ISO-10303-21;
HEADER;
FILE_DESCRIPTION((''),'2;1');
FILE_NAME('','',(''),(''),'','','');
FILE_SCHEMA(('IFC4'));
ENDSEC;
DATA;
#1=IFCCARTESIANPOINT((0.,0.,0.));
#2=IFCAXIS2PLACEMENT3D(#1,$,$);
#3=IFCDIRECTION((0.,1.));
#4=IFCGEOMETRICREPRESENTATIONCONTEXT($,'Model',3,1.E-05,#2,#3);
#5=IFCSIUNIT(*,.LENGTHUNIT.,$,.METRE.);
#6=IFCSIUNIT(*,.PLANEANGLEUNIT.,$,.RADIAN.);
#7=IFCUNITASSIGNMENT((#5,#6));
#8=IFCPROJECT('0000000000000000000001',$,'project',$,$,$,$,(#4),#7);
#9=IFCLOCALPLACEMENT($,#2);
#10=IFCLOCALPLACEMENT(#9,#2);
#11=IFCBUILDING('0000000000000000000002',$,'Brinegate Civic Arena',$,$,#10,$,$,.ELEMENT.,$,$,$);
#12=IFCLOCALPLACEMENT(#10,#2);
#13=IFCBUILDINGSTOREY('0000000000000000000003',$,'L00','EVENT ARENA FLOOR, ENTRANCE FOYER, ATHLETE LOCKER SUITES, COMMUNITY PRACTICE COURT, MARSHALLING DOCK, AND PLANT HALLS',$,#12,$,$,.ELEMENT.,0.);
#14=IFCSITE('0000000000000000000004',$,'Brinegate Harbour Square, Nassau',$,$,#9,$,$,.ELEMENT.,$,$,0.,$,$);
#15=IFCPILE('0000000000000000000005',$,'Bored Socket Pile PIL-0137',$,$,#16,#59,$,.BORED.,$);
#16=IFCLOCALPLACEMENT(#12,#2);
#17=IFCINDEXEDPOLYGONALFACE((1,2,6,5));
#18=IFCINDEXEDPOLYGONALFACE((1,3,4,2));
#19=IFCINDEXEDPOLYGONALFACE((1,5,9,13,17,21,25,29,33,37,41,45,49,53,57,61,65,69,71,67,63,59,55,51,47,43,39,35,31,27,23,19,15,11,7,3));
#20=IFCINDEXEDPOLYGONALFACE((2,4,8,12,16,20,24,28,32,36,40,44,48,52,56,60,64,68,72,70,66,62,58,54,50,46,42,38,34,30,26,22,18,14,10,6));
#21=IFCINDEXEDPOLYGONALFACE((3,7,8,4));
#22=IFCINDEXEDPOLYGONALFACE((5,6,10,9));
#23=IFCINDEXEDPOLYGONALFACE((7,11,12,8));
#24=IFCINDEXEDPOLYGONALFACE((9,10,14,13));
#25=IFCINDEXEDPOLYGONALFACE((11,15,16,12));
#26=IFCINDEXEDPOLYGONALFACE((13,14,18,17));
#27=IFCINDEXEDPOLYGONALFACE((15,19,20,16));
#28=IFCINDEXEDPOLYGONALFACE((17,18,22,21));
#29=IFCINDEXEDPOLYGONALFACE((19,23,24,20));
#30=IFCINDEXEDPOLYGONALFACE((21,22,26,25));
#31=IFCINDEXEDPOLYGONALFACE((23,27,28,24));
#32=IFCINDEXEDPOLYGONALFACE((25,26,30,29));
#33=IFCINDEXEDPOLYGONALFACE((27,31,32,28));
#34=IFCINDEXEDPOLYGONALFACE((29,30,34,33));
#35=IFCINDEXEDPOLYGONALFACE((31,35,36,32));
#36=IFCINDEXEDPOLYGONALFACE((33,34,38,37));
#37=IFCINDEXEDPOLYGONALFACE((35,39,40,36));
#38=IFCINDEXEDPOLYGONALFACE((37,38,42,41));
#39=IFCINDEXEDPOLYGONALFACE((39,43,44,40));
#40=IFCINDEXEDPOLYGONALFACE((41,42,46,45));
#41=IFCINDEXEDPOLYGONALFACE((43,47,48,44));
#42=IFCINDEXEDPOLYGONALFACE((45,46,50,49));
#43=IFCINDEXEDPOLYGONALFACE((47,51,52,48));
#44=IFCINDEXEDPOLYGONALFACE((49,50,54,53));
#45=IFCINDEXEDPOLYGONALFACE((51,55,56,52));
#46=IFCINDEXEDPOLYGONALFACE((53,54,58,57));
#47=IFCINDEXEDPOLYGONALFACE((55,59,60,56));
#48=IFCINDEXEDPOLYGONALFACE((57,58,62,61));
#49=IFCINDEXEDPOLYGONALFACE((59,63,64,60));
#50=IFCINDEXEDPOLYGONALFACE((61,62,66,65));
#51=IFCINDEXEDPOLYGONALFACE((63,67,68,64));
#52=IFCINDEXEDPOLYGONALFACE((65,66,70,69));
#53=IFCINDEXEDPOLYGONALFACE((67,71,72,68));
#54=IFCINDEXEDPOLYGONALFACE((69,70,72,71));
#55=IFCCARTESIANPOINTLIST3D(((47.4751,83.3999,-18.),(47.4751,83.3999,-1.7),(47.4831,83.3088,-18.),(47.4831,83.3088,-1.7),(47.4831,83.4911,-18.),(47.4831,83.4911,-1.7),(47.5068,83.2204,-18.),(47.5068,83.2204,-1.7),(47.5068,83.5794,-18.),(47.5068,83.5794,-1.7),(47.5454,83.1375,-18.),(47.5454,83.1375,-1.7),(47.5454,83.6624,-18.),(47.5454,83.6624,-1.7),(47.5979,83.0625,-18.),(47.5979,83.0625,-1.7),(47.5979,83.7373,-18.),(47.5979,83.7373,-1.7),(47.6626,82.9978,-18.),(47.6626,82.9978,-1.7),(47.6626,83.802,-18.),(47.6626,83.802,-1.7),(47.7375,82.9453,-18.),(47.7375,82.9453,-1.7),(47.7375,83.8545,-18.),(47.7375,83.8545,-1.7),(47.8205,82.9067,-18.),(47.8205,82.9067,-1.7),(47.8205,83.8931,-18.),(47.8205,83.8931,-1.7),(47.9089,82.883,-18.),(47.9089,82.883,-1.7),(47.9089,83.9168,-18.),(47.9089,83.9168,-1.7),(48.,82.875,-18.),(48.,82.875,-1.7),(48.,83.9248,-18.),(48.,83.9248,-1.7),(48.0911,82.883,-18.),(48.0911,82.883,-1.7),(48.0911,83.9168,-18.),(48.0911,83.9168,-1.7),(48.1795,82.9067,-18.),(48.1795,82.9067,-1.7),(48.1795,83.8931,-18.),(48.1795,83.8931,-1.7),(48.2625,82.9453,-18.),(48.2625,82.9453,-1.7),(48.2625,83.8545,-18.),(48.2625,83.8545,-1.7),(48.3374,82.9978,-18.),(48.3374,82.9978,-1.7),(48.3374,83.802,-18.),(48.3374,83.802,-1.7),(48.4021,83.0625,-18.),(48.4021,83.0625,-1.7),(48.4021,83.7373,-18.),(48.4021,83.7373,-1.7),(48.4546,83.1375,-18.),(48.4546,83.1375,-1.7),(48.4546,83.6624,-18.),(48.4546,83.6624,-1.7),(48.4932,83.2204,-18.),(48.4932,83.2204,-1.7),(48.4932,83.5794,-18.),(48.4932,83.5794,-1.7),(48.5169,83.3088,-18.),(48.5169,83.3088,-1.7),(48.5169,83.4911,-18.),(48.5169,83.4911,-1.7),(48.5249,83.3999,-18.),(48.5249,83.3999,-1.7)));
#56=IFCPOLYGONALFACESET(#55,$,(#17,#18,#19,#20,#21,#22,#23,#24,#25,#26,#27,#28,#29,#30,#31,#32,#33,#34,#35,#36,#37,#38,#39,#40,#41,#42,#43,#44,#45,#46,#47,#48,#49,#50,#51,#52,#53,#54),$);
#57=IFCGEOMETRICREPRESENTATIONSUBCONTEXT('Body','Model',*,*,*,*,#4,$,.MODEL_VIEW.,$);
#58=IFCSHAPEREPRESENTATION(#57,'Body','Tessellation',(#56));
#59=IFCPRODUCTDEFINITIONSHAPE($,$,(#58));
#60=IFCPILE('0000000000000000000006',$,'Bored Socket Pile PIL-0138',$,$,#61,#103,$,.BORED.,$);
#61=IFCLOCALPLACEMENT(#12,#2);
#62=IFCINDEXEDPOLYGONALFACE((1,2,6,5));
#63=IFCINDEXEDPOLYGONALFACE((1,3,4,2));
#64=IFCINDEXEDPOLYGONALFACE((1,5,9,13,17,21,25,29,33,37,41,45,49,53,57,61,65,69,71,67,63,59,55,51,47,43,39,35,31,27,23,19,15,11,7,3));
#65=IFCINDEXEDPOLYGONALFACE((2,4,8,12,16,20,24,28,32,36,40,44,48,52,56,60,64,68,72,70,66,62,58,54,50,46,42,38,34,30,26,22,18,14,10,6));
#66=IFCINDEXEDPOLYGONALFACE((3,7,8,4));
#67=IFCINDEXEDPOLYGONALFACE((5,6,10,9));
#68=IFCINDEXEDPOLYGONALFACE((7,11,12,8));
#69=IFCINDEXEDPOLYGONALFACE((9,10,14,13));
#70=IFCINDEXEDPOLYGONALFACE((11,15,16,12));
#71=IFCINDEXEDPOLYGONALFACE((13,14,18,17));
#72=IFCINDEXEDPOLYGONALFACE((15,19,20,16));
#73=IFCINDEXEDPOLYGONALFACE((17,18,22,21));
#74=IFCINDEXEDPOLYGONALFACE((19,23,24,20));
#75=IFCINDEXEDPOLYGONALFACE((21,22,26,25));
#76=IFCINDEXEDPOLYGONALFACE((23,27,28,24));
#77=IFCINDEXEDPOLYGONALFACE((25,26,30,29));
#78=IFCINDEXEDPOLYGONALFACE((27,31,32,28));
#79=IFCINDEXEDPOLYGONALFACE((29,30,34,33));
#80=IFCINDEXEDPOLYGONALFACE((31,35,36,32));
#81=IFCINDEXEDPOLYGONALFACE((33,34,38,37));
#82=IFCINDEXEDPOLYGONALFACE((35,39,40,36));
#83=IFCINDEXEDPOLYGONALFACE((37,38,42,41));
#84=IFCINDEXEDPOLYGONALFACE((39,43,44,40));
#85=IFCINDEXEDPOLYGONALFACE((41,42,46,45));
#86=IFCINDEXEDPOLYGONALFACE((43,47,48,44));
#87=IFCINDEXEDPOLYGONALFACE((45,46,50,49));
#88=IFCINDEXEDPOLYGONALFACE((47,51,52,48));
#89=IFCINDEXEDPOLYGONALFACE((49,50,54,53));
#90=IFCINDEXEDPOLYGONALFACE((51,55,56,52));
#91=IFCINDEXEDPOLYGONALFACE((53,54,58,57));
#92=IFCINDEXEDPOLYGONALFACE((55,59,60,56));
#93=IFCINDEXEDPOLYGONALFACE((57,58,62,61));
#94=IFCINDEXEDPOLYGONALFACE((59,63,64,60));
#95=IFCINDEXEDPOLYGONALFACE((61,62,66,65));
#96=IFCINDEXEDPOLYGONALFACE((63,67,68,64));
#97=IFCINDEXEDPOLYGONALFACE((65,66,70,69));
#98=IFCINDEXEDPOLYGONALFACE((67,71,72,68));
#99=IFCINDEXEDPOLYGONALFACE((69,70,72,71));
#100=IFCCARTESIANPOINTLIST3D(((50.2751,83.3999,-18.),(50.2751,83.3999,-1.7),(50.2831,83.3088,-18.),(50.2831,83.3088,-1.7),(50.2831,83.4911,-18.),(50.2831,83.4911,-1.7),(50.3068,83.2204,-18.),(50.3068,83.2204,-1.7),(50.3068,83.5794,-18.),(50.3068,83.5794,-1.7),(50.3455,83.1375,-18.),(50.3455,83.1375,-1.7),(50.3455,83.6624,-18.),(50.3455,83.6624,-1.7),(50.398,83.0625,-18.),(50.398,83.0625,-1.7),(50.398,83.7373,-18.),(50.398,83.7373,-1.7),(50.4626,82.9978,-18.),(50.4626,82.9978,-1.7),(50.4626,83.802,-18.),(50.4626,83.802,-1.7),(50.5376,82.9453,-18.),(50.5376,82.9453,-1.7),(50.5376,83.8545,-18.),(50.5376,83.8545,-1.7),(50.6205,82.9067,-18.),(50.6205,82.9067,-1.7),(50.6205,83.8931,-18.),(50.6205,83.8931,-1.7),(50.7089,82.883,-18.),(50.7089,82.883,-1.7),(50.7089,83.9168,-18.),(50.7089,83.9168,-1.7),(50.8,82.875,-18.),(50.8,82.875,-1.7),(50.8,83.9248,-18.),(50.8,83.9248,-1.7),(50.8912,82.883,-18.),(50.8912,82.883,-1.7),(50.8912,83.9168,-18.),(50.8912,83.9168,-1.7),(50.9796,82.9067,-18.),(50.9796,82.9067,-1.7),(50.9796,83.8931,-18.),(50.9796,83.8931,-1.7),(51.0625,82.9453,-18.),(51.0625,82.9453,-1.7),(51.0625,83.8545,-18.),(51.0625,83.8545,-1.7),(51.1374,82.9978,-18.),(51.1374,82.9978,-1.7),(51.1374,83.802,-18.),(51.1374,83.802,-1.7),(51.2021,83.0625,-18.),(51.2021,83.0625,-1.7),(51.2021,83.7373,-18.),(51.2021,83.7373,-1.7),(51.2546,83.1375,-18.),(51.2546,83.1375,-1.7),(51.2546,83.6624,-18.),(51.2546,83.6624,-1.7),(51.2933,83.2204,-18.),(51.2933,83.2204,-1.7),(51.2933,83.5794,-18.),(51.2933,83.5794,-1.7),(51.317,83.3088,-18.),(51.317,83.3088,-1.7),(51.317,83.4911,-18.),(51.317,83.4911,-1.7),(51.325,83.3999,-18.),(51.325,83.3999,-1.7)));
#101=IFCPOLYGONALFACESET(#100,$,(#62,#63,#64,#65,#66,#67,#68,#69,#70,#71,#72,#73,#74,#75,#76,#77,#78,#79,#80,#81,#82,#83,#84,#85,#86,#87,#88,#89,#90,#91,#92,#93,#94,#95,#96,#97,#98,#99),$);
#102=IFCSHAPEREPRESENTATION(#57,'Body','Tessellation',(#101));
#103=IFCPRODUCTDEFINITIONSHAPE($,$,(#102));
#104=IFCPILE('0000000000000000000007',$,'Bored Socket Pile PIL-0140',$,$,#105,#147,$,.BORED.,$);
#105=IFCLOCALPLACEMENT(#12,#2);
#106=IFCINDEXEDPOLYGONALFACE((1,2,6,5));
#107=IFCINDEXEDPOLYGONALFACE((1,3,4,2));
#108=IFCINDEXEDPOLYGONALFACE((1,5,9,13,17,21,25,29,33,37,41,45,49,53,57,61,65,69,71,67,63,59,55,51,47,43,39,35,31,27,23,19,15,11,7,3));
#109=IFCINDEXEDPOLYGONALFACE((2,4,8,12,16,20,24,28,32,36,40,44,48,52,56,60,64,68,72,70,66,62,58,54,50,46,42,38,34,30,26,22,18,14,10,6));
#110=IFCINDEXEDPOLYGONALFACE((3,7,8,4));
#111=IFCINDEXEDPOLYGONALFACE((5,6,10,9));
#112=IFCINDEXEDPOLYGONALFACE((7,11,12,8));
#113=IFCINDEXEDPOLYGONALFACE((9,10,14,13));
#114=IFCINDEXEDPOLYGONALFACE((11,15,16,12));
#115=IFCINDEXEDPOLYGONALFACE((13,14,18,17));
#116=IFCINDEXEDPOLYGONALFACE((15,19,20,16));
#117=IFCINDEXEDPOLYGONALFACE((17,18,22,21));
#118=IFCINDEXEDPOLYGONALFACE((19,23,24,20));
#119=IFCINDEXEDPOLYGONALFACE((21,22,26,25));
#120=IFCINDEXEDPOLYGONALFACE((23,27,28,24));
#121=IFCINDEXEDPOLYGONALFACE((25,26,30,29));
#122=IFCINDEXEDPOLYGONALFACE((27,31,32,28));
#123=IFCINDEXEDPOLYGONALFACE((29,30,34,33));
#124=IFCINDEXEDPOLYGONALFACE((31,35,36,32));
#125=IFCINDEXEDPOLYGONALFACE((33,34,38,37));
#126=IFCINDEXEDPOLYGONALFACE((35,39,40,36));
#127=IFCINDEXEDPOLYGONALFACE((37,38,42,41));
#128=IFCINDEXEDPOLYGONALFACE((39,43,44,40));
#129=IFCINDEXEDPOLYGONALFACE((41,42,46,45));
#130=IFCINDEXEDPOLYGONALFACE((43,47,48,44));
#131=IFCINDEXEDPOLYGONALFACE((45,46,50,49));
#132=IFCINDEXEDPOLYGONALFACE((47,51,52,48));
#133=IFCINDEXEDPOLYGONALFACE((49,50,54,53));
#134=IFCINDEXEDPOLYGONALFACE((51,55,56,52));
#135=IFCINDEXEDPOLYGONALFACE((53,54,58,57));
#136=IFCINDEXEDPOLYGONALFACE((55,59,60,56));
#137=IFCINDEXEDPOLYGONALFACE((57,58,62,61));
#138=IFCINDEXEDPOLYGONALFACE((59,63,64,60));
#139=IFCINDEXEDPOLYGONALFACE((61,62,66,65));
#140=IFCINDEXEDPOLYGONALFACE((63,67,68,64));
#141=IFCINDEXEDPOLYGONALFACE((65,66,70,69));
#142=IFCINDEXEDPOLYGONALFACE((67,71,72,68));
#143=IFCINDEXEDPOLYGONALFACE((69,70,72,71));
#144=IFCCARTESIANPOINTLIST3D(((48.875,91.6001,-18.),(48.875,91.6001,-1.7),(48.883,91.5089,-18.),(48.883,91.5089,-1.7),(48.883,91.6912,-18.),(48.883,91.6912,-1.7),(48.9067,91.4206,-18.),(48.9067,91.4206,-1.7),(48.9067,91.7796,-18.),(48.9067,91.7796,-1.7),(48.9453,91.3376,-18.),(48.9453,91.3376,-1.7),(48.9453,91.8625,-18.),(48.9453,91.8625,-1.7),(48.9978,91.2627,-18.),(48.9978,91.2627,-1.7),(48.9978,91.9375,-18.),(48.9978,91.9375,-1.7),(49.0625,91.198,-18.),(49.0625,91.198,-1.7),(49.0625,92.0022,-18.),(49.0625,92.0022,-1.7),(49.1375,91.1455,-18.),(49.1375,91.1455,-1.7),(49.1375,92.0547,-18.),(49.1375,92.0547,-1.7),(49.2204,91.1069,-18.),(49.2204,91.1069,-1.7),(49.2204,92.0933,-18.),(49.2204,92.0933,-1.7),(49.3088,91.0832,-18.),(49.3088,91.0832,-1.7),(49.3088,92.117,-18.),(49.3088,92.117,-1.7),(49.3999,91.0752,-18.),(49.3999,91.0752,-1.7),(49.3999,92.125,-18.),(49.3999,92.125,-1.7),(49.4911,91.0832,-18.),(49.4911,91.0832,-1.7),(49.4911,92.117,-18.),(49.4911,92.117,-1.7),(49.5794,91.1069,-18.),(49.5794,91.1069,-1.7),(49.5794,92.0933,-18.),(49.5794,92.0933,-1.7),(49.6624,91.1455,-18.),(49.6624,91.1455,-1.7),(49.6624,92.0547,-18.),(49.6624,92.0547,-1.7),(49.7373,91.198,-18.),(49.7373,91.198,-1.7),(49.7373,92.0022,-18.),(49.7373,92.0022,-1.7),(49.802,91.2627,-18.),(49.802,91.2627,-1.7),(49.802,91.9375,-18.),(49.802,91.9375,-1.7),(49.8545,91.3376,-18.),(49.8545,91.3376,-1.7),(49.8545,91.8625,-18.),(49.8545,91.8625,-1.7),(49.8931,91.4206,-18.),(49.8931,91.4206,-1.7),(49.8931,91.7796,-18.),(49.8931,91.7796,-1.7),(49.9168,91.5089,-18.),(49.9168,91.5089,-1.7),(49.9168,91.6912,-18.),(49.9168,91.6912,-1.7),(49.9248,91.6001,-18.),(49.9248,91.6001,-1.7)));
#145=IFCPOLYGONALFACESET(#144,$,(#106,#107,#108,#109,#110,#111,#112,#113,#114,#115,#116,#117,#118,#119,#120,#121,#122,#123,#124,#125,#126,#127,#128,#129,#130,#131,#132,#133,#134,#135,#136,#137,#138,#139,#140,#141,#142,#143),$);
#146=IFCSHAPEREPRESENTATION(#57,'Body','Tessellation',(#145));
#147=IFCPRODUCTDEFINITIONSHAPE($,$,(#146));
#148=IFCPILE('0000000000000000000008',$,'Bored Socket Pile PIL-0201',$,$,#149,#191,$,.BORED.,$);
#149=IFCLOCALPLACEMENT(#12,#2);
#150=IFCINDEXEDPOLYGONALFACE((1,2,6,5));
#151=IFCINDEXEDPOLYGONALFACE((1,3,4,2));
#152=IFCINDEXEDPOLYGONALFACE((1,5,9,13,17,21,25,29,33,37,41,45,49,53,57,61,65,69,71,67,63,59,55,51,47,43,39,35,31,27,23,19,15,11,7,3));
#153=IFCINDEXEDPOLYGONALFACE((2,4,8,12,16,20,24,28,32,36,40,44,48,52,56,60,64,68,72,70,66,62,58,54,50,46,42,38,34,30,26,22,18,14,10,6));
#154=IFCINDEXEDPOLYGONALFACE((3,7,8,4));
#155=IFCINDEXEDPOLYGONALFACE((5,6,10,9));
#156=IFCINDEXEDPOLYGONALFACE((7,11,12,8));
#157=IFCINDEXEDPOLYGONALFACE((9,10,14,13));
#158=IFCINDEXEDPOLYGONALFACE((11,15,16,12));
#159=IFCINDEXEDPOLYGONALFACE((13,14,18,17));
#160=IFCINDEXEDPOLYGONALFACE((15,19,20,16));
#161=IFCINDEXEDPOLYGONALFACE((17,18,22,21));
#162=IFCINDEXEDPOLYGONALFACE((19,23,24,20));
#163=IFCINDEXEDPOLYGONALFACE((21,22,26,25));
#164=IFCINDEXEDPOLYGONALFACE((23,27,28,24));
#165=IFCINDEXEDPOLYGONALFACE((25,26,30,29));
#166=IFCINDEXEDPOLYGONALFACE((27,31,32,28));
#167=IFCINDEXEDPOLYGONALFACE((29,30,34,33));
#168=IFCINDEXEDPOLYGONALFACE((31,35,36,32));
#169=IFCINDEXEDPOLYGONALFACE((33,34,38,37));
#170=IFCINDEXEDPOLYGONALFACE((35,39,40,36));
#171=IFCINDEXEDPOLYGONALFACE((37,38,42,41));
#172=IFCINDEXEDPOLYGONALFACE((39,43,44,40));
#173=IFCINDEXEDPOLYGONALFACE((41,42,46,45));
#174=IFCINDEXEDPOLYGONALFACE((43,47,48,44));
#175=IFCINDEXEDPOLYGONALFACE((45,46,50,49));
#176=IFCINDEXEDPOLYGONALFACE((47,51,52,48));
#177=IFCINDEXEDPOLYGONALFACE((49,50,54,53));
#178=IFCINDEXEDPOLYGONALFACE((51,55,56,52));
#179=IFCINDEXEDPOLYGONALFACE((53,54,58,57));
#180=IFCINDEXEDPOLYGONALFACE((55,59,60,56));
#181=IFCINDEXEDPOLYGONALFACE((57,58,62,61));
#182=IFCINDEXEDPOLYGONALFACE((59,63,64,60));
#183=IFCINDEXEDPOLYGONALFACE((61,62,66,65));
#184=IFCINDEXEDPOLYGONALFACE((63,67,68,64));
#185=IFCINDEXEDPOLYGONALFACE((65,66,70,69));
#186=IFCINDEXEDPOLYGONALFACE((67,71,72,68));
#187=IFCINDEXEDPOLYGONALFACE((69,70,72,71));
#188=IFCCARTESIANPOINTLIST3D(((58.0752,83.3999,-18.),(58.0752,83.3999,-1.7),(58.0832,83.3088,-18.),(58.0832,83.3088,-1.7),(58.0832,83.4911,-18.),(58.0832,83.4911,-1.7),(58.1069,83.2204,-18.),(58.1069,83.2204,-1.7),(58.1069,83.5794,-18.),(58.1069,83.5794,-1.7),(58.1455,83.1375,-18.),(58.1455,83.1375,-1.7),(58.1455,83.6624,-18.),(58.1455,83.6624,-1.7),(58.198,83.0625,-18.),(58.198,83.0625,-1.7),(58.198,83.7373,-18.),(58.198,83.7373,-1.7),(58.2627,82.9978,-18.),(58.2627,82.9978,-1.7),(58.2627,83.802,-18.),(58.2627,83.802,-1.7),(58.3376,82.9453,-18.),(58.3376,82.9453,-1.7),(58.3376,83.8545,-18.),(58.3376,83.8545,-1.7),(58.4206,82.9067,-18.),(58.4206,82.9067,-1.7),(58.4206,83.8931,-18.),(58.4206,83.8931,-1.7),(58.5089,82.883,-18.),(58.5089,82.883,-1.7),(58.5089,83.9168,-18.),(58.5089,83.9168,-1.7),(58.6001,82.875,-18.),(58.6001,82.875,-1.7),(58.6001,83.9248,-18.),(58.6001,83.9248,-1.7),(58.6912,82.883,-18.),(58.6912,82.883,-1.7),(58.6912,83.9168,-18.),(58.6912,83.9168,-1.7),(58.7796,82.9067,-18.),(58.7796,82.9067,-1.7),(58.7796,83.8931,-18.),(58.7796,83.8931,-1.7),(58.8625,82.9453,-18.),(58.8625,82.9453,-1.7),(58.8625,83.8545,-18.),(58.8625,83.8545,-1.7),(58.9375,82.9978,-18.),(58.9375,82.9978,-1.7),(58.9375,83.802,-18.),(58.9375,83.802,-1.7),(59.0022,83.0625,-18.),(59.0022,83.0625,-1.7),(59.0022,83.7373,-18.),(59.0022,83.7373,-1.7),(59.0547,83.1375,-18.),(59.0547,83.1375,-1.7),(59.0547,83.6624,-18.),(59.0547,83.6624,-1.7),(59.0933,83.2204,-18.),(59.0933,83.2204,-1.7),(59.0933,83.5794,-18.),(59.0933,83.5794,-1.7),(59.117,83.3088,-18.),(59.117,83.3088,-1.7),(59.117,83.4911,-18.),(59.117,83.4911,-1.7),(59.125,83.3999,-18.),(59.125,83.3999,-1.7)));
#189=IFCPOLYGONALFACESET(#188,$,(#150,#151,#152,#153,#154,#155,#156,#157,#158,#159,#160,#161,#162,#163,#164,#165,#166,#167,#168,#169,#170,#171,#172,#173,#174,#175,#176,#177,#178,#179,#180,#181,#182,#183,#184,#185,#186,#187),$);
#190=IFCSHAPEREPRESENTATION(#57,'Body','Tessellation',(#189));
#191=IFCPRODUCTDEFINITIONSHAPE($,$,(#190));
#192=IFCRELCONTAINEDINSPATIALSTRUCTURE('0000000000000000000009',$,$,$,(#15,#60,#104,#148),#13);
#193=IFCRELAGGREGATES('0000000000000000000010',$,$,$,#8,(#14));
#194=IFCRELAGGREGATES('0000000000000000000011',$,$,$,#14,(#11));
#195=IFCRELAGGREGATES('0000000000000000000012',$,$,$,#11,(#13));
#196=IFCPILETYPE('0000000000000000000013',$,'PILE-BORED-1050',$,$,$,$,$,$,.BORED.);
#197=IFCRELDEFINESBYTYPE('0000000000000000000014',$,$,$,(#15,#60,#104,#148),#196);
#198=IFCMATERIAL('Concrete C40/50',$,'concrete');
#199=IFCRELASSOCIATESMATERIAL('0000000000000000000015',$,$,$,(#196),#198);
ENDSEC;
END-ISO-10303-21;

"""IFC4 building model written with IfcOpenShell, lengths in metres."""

from ifc_helpers import new_model, si_unit, direction, frame, origin, origin_2d, place, context, subcontext, project, spatial, circle, extrude, material, material_profile, profile_set, type_object, element, save


model = new_model("IFC4")

# Units and contexts
model_context = context("Model", 3, precision=1e-05, world=origin(), true_north=direction((0.0, 1.0)))
body_context = subcontext(model_context, "Body", "Model", "MODEL_VIEW")
ifc_project = project(units=[si_unit("LENGTHUNIT", "METRE"), si_unit("PLANEANGLEUNIT", "RADIAN")], contexts=[model_context])

# Site, building, storey
site_placement = place(None, origin())
site = spatial("IfcSite", under=ifc_project, at=site_placement, Name="Brinegate Harbour Square, Nassau", CompositionType="ELEMENT", RefElevation=0.0)
building_placement = place(site_placement, origin())
building = spatial("IfcBuilding", under=site, at=building_placement, Name="Brinegate Civic Arena", CompositionType="ELEMENT")
storey_placement = place(building_placement, origin())
storey = spatial("IfcBuildingStorey", under=building, at=storey_placement, Name="L00", Description="EVENT ARENA FLOOR, ENTRANCE FOYER, ATHLETE LOCKER SUITES, COMMUNITY PRACTICE COURT, MARSHALLING DOCK, AND PLANT HALLS", CompositionType="ELEMENT", Elevation=0.0)

# Piles
ifc_material_1 = material(Name="Concrete C40/50", Category="concrete")
ifc_material_profile = material_profile(ifc_material_1, circle(Radius=0.5249, at=origin_2d()), Name="PILED1050")
ifc_profile_set = profile_set([ifc_material_profile], Name="Concrete C40/50")
pile_type = type_object("IfcPileType", Name="PILE-BORED-1050", PredefinedType="BORED", material=ifc_profile_set)
for number, where, z_axis, x_axis, name in (
    (1, (48.0, 83.3999, -1.7), (0.0, 0.0, -1.0), (1.0, 0.0, 0.0), "Bored Socket Pile PIL-0137"),
    (2, (50.8, 83.3999, -1.7), (0.0, 0.0, -1.0), (1.0, 0.0, 0.0), "Bored Socket Pile PIL-0138"),
    (3, (49.3999, 91.6001, -1.7), (0.0, 0.0, -1.0), (1.0, 0.0, 0.0), "Bored Socket Pile PIL-0140"),
    (4, (58.6001, 83.3999, -1.7), (0.0, 0.0, -1.0), (1.0, 0.0, 0.0), "Bored Socket Pile PIL-0201"),
):
    element("IfcPile", number, at=place(storey_placement, frame(where, z_axis=z_axis, x_axis=x_axis)), inside=storey, type_object=pile_type, Name=name, PredefinedType="BORED", context=body_context, shape_type="SweptSolid", body=[
        extrude(circle(Radius=0.5249, at=origin_2d()), origin(), (0.0, 0.0, 1.0), 16.3),
    ])

save(model, "model.ifc")
